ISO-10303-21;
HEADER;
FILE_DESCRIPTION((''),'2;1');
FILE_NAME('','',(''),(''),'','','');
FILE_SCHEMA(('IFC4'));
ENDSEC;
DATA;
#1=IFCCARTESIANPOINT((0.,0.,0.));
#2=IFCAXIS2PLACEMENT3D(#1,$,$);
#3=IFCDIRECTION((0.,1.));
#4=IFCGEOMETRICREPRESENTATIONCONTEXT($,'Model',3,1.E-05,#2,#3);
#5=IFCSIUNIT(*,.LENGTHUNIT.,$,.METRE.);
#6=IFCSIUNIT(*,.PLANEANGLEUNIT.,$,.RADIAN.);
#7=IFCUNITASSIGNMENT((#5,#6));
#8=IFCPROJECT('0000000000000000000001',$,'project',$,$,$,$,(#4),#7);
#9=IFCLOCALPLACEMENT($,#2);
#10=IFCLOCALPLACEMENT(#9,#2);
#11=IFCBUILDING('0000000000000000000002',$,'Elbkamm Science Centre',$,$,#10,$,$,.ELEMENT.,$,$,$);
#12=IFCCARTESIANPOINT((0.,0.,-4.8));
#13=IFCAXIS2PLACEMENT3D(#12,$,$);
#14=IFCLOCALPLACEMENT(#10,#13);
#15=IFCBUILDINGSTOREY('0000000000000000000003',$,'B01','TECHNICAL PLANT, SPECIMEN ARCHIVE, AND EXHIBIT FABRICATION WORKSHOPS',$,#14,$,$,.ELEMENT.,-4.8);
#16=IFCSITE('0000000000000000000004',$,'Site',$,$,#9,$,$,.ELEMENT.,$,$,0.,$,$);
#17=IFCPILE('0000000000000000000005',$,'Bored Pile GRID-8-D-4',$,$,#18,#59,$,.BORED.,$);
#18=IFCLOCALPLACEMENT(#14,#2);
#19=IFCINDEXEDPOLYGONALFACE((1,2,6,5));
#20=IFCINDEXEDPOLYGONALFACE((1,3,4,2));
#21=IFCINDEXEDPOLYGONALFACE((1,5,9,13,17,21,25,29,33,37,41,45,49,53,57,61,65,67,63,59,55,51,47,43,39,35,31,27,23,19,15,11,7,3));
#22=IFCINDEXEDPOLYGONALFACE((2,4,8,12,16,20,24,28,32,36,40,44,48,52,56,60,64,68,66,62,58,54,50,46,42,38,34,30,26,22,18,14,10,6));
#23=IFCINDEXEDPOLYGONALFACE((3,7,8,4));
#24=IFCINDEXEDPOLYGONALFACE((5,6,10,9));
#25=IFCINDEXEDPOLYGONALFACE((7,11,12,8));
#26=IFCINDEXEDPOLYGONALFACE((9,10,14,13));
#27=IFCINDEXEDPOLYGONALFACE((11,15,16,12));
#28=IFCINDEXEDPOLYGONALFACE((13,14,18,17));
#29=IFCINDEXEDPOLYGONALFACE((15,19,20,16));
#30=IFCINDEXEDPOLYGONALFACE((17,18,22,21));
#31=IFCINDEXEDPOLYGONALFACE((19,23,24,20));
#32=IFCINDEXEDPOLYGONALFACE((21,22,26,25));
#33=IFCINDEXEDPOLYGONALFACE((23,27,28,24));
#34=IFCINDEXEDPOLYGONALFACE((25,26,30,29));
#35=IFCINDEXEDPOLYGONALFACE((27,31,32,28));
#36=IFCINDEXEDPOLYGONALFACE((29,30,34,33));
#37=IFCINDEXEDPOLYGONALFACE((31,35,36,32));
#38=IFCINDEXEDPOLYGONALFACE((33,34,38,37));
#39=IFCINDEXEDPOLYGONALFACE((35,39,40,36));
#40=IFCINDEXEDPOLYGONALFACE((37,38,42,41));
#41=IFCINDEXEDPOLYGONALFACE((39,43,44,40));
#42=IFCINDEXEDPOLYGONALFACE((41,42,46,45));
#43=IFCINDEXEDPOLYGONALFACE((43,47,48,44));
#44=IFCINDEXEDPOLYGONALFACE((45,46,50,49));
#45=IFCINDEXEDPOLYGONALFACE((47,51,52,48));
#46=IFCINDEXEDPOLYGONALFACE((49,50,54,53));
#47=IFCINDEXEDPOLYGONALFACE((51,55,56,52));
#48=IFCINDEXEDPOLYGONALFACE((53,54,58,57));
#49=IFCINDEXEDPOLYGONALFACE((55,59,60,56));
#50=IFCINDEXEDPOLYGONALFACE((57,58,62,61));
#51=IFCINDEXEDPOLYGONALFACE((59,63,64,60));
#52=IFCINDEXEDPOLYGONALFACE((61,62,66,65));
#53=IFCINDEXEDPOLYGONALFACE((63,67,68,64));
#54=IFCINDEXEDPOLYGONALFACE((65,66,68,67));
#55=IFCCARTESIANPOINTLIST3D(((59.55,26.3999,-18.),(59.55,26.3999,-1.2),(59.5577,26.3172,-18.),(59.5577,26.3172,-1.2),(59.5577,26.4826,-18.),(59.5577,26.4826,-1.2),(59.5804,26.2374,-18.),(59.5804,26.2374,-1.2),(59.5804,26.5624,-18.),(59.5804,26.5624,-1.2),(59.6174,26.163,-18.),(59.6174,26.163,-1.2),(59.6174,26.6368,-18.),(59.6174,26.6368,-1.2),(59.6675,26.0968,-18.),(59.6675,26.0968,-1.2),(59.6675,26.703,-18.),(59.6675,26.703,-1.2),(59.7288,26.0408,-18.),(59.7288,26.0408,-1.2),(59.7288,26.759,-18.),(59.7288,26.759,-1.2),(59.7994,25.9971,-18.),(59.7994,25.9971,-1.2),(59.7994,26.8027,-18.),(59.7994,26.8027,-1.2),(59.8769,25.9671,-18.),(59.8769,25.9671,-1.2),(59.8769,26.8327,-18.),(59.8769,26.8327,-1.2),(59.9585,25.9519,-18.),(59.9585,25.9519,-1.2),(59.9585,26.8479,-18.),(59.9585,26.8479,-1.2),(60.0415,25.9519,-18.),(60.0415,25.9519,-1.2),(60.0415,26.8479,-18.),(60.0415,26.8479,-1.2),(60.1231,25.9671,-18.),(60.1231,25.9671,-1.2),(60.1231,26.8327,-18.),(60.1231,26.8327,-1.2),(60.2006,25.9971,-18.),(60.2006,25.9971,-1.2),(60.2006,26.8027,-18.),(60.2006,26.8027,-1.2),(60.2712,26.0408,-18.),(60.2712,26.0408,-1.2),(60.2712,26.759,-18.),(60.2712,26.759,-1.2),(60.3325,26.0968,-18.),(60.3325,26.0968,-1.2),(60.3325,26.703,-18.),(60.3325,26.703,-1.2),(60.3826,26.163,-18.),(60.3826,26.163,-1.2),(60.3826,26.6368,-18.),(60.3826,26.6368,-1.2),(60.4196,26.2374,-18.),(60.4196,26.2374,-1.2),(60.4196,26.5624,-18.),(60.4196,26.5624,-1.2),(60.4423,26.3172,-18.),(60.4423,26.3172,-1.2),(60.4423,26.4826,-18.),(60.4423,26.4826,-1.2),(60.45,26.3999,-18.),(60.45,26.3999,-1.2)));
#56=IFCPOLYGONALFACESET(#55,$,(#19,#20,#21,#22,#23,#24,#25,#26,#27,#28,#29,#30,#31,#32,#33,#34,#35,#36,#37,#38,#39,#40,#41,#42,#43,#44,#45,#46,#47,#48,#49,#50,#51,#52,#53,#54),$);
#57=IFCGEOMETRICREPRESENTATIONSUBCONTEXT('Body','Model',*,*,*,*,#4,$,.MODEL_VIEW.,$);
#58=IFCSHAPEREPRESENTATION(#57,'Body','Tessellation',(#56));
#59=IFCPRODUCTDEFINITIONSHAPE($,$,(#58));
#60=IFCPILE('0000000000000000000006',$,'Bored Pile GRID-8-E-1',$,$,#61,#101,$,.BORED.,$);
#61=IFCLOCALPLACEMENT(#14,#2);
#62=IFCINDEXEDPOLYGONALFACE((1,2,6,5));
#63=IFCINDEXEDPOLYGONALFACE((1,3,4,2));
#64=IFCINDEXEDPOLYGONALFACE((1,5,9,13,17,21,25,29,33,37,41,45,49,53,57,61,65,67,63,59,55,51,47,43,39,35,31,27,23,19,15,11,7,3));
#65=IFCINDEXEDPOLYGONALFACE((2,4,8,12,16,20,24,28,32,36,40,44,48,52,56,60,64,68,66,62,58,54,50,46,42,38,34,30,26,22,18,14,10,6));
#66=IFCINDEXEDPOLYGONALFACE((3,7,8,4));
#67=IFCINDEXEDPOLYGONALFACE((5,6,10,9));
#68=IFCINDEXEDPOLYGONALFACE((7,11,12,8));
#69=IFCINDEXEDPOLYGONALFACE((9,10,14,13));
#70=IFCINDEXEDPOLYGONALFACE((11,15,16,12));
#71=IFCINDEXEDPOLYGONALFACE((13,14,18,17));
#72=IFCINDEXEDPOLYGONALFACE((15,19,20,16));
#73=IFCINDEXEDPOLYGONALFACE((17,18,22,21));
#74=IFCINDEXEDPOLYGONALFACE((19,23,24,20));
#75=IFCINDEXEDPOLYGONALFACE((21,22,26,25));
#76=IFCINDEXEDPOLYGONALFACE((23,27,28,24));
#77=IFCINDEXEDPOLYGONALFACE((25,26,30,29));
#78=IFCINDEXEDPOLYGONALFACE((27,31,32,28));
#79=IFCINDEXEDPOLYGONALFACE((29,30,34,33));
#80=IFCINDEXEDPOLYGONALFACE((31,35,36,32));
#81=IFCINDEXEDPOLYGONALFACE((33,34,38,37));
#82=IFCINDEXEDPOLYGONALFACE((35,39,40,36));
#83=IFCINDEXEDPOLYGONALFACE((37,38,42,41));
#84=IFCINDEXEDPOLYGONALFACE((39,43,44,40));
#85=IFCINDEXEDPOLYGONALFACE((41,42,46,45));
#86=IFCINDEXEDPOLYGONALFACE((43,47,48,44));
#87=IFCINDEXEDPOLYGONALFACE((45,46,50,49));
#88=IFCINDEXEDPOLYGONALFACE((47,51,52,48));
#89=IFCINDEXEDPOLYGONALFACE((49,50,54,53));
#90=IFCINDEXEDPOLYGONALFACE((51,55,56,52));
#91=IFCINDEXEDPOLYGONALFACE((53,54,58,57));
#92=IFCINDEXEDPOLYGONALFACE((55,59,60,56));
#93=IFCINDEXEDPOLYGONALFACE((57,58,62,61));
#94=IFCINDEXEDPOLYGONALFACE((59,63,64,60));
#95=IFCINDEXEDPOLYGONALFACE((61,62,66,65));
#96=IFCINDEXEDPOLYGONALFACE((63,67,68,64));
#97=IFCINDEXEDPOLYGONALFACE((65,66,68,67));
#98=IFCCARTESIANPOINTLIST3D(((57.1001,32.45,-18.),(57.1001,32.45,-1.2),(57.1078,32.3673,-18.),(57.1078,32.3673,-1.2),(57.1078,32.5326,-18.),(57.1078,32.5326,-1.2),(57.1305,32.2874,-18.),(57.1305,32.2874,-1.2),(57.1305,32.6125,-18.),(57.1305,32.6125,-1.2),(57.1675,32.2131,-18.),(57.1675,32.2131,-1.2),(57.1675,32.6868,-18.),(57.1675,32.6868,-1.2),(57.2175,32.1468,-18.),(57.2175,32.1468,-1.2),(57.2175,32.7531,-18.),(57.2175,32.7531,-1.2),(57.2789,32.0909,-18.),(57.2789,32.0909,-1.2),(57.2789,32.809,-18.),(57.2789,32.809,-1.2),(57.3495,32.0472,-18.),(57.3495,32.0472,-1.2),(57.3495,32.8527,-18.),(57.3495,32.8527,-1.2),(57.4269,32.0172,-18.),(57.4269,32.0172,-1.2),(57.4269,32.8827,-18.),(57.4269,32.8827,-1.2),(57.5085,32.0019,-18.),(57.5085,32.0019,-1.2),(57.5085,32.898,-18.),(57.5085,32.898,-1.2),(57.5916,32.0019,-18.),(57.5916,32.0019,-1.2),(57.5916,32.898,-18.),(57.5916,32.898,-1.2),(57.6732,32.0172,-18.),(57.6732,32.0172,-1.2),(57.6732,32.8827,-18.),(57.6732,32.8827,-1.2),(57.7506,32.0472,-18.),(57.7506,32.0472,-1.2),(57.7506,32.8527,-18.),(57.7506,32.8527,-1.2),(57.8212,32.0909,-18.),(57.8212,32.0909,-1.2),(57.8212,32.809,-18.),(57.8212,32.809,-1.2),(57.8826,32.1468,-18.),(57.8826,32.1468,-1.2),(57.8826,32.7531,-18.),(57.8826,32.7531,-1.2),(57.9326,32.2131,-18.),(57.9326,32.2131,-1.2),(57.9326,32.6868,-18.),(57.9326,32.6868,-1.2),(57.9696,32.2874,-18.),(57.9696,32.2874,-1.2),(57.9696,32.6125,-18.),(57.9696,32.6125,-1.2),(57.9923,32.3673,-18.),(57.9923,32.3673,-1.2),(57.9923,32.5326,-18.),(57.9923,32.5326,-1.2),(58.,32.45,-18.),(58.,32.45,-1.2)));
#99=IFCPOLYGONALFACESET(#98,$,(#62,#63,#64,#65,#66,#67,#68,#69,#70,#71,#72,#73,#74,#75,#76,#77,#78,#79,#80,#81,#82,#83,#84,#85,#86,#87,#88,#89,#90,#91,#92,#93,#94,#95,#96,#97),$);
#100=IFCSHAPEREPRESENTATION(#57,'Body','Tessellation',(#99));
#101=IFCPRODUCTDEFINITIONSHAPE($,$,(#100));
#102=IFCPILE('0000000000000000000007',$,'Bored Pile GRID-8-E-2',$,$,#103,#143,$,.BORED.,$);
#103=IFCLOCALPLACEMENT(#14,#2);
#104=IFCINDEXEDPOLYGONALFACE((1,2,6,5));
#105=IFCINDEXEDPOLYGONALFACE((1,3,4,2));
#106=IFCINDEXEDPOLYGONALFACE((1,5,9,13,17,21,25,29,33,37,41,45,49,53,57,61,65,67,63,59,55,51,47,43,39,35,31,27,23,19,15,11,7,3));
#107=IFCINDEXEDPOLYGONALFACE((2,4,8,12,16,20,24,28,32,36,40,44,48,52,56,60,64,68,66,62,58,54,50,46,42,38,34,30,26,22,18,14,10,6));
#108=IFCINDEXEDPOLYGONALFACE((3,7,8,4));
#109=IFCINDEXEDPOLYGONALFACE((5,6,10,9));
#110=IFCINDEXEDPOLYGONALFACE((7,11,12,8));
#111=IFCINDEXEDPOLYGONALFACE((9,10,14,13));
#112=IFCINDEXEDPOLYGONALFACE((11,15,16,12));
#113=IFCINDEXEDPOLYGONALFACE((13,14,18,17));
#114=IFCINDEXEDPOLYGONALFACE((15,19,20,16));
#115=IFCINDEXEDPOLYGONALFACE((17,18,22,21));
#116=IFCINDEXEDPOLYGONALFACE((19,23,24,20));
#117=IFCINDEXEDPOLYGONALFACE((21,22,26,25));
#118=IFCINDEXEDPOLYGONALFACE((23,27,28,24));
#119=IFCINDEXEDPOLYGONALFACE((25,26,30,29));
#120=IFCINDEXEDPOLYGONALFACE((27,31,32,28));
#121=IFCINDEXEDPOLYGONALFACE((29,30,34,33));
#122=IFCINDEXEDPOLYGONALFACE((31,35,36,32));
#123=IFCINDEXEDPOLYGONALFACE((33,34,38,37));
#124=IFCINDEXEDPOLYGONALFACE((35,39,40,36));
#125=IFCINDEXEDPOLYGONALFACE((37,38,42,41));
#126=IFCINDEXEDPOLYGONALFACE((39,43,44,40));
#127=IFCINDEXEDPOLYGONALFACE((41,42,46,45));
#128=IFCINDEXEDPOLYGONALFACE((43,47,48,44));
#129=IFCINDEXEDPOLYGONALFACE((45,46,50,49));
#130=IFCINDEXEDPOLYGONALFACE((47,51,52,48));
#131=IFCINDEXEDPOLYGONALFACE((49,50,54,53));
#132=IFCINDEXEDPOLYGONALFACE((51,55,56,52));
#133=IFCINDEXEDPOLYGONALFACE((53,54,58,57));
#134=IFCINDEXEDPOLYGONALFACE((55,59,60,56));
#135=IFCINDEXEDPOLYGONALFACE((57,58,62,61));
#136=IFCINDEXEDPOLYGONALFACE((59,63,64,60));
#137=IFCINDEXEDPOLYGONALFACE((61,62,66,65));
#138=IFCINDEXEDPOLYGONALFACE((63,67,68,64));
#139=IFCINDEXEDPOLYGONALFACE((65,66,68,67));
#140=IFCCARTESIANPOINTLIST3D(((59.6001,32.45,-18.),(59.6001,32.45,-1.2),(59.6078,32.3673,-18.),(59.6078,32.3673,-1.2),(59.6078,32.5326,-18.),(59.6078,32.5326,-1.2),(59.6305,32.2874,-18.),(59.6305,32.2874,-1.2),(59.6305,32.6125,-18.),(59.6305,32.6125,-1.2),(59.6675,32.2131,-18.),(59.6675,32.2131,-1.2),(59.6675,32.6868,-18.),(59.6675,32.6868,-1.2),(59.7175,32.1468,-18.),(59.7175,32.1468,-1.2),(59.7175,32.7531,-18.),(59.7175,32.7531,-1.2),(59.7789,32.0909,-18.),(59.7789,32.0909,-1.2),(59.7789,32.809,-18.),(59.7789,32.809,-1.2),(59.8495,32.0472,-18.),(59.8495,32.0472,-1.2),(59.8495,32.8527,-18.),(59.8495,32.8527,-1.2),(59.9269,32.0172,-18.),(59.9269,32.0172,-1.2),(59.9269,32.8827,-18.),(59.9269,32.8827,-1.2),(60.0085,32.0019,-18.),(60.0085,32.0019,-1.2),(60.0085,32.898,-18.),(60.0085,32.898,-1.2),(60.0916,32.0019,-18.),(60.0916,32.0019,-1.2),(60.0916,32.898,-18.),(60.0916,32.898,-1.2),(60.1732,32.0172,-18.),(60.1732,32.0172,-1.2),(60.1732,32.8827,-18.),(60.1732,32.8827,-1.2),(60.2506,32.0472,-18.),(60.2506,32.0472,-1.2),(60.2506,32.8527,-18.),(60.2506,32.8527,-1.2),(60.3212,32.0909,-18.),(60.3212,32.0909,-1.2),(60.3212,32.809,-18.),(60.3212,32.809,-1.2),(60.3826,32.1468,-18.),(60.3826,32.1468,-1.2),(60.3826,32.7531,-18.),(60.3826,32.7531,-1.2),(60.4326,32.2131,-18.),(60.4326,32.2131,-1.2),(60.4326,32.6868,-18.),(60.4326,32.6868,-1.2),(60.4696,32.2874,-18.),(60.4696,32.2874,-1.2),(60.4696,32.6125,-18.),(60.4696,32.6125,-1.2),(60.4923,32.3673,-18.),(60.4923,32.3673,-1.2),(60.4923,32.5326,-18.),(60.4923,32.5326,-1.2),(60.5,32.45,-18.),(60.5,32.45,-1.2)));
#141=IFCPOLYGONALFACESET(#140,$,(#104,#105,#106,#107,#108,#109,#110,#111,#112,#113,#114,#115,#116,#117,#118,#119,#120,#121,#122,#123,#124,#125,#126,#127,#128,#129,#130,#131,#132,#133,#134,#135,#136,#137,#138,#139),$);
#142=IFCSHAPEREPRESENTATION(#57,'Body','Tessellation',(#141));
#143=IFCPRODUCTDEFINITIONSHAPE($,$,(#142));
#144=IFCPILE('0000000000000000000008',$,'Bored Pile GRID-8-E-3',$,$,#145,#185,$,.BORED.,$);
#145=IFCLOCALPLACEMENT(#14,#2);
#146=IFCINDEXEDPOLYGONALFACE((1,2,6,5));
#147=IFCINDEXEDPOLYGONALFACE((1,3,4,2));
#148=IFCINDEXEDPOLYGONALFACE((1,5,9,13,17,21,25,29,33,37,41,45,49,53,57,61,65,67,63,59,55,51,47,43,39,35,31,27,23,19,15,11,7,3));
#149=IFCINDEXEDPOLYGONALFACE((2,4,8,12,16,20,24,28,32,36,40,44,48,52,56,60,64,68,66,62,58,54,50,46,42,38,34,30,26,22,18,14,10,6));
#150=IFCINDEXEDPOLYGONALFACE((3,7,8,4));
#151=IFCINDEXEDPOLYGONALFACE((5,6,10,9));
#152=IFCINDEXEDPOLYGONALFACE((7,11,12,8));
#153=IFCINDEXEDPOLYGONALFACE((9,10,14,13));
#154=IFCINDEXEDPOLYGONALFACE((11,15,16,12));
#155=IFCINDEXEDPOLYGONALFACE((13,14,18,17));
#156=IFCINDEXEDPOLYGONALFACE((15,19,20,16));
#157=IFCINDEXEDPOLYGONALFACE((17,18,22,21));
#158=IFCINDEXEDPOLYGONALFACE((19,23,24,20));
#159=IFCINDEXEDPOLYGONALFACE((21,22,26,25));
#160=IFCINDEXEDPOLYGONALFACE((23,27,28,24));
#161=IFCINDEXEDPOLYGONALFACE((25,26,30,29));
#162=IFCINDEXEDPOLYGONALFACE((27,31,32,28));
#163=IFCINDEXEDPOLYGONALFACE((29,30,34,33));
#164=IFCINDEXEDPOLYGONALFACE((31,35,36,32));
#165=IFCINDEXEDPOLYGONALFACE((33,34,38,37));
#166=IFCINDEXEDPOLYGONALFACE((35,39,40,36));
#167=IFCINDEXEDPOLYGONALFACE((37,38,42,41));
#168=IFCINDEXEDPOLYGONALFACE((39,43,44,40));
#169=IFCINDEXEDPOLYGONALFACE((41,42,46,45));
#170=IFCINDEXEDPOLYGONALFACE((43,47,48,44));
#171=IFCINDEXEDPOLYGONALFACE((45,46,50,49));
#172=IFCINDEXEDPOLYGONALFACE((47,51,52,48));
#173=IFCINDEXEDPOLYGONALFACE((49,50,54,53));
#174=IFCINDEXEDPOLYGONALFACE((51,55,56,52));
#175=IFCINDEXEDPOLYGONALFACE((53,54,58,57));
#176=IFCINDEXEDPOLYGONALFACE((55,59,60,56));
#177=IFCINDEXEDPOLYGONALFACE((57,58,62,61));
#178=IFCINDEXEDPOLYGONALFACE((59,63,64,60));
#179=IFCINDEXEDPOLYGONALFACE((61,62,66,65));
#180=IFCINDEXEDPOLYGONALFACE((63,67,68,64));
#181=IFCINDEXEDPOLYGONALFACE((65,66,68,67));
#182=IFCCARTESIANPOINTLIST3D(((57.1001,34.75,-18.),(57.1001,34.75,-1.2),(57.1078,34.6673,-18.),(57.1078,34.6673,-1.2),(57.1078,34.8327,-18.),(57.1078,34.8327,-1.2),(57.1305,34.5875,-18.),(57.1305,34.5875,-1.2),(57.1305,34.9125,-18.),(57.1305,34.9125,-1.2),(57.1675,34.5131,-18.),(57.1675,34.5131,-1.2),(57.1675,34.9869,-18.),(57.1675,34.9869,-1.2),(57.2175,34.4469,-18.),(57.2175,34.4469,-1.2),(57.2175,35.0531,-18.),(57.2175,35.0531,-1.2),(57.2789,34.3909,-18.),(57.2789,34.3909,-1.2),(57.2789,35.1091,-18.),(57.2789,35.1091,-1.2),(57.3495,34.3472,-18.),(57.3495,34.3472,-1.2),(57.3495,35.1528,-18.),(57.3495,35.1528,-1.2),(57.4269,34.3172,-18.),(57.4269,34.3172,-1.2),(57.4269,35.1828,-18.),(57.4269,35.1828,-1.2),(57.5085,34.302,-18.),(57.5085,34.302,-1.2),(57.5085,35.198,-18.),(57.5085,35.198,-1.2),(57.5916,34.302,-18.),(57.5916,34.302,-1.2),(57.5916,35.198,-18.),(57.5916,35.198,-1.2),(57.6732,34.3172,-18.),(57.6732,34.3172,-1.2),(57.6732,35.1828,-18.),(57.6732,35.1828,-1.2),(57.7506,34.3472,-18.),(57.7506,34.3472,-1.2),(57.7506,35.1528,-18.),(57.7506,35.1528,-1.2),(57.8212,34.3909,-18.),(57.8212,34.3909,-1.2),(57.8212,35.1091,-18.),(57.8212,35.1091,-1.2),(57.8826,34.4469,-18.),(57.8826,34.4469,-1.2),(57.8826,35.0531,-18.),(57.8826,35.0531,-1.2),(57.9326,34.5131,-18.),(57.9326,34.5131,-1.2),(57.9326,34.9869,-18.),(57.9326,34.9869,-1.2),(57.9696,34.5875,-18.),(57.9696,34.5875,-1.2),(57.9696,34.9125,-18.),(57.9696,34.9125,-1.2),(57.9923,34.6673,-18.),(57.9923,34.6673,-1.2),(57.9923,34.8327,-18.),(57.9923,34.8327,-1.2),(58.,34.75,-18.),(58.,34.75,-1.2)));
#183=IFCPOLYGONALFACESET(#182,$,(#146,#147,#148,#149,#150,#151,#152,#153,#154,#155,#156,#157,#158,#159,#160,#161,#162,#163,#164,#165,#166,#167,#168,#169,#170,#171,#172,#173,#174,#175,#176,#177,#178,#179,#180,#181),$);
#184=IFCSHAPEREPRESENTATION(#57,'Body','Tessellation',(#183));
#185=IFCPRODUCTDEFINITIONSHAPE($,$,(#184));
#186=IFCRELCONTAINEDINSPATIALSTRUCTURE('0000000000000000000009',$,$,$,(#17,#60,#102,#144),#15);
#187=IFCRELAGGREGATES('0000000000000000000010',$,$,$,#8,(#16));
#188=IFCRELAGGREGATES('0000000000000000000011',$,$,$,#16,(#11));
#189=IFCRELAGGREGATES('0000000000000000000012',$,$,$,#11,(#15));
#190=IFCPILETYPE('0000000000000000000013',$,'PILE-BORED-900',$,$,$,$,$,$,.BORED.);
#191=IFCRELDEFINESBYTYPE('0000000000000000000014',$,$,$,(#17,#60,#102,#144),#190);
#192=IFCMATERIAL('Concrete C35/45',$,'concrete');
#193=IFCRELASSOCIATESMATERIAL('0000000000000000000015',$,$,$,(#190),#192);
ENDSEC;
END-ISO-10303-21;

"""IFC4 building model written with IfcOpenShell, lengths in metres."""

from ifc_helpers import new_model, si_unit, direction, frame, origin, origin_2d, place, context, subcontext, project, spatial, circle, extrude, material, material_profile, profile_set, type_object, element, save


model = new_model("IFC4")

# Units and contexts
model_context = context("Model", 3, precision=1e-05, world=origin(), true_north=direction((0.0, 1.0)))
body_context = subcontext(model_context, "Body", "Model", "MODEL_VIEW")
ifc_project = project(units=[si_unit("LENGTHUNIT", "METRE"), si_unit("PLANEANGLEUNIT", "RADIAN")], contexts=[model_context])

# Site, building, storey
site_placement = place(None, origin())
site = spatial("IfcSite", under=ifc_project, at=site_placement, Name="Site", CompositionType="ELEMENT", RefElevation=0.0)
building_placement = place(site_placement, origin())
building = spatial("IfcBuilding", under=site, at=building_placement, Name="Elbkamm Science Centre", CompositionType="ELEMENT")
storey_placement = place(building_placement, frame((0.0, 0.0, -4.8)))
storey = spatial("IfcBuildingStorey", under=building, at=storey_placement, Name="B01", Description="TECHNICAL PLANT, SPECIMEN ARCHIVE, AND EXHIBIT FABRICATION WORKSHOPS", CompositionType="ELEMENT", Elevation=-4.8)

# Shared definitions
ifc_material_1 = material(Name="Concrete C35/45", Category="concrete")

# Piles
ifc_material_profile_1 = material_profile(ifc_material_1, circle(Radius=0.45, at=origin_2d()), Name="PILE D900")
ifc_profile_set_1 = profile_set([ifc_material_profile_1], Name="Concrete C35/45")
pile_type_1 = type_object("IfcPileType", Name="PILE-BORED-900", PredefinedType="BORED", material=ifc_profile_set_1)
for number, where, z_axis, x_axis, name in (
    (1, (60.0, 26.3999, -1.2), (0.0, 0.0, -1.0), (1.0, 0.0, 0.0), "Bored Pile GRID-8-D-4"),
    (2, (57.55, 32.45, -1.2), (0.0, 0.0, -1.0), (1.0, 0.0, 0.0), "Bored Pile GRID-8-E-1"),
    (3, (60.05, 32.45, -1.2), (0.0, 0.0, -1.0), (1.0, 0.0, 0.0), "Bored Pile GRID-8-E-2"),
    (4, (57.55, 34.75, -1.2), (0.0, 0.0, -1.0), (1.0, 0.0, 0.0), "Bored Pile GRID-8-E-3"),
):
    element("IfcPile", number, at=place(storey_placement, frame(where, z_axis=z_axis, x_axis=x_axis)), inside=storey, type_object=pile_type_1, Name=name, PredefinedType="BORED", context=body_context, shape_type="SweptSolid", body=[
        extrude(circle(Radius=0.45, at=origin_2d()), origin(), (0.0, 0.0, 1.0), 16.8),
    ])

save(model, "model.ifc")
